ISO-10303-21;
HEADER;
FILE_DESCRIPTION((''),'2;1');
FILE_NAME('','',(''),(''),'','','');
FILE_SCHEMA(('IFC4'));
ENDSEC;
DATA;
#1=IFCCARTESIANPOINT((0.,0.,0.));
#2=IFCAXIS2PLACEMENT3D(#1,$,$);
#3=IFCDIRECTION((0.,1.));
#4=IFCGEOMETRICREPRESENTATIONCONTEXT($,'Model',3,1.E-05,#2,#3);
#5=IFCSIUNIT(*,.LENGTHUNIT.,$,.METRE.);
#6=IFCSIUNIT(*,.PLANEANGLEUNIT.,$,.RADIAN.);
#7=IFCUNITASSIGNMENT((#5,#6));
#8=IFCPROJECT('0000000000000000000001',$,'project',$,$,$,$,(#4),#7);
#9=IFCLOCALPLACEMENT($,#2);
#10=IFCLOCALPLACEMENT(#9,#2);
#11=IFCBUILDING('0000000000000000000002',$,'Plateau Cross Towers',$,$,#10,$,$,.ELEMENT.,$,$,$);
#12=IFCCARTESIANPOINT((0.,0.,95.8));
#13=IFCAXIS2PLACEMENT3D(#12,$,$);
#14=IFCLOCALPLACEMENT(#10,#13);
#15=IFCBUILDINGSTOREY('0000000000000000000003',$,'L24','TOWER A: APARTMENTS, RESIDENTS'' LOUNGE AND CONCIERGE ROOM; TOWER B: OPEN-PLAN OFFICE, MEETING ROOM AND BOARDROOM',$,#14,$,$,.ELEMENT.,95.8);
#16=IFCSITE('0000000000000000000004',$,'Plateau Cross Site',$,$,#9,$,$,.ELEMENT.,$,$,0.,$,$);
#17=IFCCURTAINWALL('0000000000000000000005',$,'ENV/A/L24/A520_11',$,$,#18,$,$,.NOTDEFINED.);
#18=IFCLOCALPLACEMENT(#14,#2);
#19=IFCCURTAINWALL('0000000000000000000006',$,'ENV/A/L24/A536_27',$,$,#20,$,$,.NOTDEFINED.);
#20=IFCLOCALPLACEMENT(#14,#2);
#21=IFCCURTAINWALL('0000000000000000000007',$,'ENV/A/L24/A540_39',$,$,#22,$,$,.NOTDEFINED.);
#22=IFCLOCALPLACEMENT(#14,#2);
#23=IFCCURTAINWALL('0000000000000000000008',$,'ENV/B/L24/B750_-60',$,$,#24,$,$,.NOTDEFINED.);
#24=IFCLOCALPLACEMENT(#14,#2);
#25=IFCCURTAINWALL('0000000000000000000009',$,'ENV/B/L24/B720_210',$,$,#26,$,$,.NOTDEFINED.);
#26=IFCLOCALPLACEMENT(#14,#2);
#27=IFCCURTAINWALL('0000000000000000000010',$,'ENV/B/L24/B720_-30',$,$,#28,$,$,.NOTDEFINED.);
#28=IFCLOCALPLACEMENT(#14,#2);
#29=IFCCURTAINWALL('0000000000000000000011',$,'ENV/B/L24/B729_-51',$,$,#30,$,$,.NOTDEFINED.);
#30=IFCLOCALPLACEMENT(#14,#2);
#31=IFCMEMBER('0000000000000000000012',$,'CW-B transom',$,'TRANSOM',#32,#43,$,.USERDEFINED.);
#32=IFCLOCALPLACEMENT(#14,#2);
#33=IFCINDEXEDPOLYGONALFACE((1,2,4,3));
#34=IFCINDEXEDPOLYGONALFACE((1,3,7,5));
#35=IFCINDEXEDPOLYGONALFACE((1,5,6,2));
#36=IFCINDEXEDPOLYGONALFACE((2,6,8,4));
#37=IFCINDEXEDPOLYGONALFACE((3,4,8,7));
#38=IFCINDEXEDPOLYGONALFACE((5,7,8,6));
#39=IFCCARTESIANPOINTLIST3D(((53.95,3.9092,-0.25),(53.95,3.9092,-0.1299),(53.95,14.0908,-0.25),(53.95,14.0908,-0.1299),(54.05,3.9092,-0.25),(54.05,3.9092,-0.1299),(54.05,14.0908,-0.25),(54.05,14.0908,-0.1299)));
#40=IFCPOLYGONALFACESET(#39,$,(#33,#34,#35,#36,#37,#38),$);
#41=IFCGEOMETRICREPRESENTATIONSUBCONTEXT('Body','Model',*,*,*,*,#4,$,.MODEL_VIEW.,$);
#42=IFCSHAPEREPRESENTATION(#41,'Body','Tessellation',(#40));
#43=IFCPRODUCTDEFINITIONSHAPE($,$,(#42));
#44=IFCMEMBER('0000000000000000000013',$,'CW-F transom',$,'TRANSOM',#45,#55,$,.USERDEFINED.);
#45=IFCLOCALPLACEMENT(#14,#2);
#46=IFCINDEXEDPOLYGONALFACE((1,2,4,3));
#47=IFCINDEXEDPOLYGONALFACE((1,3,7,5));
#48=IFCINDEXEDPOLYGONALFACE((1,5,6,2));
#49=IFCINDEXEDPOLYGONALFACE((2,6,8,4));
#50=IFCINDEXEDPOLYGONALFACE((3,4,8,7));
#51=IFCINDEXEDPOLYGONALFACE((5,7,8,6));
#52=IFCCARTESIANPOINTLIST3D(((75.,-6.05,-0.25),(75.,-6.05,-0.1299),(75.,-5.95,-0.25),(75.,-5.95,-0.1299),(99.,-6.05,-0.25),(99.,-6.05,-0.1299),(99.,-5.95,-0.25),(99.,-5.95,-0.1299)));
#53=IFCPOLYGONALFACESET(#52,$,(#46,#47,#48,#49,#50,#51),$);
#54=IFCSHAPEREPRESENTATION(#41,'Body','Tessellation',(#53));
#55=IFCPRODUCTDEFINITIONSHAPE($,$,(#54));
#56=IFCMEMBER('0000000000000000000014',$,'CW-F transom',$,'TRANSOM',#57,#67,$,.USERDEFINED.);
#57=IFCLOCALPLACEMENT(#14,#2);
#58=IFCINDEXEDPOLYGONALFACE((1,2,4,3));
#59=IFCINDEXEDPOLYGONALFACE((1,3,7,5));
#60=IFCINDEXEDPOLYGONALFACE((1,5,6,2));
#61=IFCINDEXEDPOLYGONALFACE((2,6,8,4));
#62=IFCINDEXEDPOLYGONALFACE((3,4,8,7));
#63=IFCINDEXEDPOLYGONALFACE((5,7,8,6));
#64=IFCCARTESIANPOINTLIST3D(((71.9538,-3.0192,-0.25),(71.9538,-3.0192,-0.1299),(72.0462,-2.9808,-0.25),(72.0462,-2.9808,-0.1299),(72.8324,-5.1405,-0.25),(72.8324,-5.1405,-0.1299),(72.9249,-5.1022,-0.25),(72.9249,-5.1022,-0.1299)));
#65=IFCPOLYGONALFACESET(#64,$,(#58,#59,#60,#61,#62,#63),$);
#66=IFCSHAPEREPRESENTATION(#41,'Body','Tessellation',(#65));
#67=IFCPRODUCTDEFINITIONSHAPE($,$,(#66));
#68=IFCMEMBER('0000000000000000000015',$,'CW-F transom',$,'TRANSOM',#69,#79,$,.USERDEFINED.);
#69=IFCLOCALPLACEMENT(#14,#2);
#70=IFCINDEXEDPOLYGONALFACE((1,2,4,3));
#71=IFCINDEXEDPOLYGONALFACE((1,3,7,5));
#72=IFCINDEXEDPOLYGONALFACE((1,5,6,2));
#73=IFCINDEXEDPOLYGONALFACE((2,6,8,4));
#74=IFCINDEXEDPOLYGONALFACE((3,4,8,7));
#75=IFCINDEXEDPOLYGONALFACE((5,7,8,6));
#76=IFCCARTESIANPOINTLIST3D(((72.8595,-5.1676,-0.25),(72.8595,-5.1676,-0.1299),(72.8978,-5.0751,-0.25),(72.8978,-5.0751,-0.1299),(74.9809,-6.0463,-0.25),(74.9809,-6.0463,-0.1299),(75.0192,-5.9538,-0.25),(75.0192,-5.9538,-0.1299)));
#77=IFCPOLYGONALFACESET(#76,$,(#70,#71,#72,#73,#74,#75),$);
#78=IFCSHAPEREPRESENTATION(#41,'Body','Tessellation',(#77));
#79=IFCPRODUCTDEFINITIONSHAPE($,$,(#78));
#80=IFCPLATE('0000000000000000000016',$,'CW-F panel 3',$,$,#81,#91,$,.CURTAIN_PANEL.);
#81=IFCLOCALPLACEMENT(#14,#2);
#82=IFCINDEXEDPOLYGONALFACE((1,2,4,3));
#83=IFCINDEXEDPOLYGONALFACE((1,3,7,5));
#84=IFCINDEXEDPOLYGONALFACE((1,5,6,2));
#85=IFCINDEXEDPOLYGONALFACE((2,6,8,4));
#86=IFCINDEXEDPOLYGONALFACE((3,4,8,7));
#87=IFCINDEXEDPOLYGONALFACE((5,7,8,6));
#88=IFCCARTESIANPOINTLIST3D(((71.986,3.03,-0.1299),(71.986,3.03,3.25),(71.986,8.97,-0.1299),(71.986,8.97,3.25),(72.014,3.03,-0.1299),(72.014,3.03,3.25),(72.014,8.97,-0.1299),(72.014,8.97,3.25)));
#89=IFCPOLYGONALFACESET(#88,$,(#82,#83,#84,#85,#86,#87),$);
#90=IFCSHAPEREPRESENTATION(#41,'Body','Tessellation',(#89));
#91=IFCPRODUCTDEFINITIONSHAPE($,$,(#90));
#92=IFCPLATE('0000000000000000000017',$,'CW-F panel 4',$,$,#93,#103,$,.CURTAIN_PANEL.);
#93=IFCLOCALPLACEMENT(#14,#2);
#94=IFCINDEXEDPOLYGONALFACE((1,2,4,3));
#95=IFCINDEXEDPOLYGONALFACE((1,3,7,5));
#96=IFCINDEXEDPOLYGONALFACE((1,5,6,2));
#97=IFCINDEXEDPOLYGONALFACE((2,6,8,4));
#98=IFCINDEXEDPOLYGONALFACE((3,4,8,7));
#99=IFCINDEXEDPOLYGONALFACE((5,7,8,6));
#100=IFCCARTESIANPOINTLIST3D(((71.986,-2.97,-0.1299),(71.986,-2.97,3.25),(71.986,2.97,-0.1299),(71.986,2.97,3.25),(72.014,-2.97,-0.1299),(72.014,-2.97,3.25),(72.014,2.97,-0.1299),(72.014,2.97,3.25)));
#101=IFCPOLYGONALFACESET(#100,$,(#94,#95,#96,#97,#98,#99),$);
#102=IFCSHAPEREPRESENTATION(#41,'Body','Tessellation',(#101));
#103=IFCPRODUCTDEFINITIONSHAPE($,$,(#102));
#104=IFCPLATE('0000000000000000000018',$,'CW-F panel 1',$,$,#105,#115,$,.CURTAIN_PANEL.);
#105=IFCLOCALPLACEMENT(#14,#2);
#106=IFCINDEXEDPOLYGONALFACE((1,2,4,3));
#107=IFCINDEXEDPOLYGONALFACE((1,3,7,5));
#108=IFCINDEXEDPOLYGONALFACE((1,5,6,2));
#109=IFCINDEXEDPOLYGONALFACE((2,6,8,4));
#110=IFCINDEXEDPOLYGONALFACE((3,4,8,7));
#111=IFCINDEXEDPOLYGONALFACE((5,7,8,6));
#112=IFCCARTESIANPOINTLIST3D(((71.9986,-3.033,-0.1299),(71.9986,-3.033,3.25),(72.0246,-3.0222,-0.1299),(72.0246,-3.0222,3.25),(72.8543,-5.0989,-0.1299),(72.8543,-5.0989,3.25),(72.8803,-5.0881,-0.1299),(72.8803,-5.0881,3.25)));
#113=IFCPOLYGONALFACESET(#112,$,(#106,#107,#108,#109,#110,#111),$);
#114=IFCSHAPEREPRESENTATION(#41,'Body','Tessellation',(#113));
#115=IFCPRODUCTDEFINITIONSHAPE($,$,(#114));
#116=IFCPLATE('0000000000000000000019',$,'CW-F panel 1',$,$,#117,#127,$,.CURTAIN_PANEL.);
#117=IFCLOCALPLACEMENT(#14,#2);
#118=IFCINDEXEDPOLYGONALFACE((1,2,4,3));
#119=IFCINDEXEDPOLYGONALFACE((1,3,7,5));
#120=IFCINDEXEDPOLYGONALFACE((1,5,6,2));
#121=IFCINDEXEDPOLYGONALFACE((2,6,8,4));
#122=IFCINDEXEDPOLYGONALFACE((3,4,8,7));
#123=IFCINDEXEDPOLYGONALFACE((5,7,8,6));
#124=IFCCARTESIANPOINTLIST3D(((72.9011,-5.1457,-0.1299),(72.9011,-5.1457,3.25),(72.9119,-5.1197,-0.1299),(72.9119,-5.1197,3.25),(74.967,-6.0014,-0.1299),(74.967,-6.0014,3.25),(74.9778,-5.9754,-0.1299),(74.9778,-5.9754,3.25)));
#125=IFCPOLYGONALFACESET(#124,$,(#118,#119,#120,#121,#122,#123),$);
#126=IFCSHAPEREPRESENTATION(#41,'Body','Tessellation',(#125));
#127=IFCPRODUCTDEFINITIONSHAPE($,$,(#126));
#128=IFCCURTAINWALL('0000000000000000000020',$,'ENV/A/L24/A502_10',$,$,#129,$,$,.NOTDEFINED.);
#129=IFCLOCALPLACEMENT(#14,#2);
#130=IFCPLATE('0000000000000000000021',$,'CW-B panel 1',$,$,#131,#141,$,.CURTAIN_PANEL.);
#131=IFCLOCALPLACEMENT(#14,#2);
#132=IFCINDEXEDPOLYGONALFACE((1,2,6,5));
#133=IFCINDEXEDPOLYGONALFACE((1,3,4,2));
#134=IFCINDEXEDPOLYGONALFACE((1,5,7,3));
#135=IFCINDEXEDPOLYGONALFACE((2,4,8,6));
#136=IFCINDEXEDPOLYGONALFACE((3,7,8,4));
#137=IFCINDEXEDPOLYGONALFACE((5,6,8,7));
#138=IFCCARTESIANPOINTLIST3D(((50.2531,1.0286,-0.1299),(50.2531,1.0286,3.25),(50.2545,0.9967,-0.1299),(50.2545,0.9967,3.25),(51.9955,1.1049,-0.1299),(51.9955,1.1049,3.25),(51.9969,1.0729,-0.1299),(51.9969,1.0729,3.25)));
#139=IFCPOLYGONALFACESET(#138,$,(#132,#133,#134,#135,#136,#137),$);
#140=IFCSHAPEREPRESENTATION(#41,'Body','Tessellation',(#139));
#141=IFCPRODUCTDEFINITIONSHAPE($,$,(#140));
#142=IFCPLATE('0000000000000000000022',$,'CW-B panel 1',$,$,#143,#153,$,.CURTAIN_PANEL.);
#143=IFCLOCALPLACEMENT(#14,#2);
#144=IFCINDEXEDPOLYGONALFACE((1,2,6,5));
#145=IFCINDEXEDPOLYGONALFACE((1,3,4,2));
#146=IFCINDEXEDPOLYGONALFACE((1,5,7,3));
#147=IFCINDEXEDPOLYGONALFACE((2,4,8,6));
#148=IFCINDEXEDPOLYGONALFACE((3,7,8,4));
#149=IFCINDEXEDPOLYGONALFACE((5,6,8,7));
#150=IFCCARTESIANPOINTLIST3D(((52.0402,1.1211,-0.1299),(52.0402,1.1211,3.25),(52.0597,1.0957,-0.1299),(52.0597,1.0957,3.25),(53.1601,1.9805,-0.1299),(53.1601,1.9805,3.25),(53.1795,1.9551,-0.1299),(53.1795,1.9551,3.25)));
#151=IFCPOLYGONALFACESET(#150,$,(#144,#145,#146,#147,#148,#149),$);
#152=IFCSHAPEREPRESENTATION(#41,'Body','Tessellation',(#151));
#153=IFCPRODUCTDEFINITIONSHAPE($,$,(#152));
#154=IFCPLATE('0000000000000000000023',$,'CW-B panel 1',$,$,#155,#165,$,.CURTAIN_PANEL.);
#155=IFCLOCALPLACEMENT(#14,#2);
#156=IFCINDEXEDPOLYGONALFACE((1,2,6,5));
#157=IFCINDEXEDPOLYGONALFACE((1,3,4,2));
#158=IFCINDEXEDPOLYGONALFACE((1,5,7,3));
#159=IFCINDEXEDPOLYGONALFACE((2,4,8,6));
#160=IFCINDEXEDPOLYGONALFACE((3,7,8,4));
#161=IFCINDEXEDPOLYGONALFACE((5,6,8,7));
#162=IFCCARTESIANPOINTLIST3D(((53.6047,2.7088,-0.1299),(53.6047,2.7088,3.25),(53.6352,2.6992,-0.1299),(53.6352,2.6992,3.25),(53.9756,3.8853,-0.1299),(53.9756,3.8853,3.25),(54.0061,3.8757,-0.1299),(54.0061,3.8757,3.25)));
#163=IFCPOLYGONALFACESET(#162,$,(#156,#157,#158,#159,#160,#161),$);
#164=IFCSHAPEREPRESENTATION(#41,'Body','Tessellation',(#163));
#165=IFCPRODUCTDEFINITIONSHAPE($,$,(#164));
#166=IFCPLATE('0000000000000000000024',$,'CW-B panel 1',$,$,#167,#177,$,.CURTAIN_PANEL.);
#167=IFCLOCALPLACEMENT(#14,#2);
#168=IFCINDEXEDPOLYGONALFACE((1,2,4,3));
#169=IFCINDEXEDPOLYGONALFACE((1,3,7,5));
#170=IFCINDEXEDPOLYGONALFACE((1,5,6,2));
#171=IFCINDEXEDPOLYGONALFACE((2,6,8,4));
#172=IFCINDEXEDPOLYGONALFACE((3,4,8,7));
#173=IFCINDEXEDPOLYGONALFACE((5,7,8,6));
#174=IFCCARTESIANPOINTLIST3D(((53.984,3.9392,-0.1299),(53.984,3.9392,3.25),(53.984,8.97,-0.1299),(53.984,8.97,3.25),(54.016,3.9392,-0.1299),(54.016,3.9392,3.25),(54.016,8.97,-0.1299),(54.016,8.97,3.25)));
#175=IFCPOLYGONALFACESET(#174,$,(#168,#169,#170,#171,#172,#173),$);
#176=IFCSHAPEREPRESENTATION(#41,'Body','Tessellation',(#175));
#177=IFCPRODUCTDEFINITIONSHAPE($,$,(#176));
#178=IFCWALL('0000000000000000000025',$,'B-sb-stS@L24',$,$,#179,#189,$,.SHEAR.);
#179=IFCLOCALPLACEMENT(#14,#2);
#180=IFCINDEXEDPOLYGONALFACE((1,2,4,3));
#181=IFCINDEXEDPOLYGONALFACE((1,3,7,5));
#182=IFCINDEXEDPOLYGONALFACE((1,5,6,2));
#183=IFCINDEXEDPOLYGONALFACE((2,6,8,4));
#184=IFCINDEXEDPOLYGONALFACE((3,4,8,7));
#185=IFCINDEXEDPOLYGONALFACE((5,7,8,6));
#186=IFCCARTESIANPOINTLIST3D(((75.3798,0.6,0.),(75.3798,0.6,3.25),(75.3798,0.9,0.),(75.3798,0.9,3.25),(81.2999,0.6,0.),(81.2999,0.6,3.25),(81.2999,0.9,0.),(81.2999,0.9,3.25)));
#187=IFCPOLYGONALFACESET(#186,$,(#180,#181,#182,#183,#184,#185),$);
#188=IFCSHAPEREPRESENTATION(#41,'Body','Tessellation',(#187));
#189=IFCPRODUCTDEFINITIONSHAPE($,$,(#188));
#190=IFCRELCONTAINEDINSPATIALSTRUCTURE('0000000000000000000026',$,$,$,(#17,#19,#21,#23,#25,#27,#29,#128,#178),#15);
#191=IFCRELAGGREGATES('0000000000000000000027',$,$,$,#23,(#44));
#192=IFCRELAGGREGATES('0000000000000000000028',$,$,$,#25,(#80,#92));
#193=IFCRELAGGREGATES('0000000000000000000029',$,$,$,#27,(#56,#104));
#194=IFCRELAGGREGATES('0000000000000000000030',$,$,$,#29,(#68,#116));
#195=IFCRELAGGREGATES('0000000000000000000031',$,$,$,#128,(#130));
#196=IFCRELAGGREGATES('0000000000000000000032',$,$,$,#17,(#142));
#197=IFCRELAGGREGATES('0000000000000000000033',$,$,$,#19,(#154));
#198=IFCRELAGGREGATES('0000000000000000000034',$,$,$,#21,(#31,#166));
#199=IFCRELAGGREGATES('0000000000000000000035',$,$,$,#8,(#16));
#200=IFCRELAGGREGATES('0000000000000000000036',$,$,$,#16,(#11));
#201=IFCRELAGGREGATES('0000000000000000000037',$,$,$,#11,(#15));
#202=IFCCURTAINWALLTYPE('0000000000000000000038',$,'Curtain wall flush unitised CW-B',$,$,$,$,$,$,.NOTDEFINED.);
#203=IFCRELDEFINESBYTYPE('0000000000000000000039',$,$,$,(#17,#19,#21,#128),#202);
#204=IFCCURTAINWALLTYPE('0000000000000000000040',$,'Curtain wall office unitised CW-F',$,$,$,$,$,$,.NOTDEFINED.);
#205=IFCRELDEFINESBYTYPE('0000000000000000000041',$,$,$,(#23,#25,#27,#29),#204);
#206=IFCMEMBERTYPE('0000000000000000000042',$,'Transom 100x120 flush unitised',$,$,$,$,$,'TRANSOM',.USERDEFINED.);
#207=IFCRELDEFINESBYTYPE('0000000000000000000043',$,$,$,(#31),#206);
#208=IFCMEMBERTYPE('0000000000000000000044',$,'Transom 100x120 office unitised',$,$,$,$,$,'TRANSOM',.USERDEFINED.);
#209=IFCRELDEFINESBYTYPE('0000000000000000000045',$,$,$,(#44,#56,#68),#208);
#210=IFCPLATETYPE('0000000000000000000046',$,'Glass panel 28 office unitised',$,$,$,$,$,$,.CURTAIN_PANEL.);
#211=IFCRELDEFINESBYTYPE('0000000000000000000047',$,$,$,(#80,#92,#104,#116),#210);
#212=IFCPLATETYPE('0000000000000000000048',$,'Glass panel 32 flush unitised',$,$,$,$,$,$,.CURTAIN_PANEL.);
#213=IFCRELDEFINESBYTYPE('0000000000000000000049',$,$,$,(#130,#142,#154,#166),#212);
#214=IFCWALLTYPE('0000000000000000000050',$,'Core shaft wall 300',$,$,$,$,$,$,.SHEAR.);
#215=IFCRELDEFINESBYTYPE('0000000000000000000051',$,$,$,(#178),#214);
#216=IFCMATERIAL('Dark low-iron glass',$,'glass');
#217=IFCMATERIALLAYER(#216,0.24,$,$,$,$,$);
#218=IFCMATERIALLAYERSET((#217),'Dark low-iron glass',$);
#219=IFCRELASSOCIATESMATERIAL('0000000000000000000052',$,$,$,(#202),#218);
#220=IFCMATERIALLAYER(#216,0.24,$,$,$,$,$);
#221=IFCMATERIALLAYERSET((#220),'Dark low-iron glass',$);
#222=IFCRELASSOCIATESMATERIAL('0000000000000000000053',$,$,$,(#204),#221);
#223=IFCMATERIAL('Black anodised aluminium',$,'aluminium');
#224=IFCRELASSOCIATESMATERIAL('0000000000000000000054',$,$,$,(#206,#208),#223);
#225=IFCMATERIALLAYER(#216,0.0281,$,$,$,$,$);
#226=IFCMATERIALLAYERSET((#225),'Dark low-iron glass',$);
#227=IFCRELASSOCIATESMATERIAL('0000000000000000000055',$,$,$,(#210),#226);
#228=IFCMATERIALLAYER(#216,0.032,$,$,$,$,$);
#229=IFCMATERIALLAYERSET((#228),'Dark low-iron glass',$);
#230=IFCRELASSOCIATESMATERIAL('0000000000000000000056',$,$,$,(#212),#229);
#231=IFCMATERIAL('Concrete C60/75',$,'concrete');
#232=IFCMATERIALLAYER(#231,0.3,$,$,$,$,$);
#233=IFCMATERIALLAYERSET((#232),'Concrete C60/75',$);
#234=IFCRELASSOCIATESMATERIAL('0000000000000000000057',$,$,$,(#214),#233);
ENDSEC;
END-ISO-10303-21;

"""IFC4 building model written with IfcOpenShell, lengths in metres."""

from ifc_helpers import new_model, si_unit, direction, frame, frame_2d, origin, origin_2d, place, context, subcontext, project, spatial, rectangle, extrude, material, layer, layer_set, material_profile, profile_set, type_object, element, aggregate, save


model = new_model("IFC4")

# Units and contexts
model_context = context("Model", 3, precision=1e-05, world=origin(), true_north=direction((0.0, 1.0)))
body_context = subcontext(model_context, "Body", "Model", "MODEL_VIEW")
ifc_project = project(units=[si_unit("LENGTHUNIT", "METRE"), si_unit("PLANEANGLEUNIT", "RADIAN")], contexts=[model_context])

# Site, building, storey
site_placement = place(None, origin())
site = spatial("IfcSite", under=ifc_project, at=site_placement, Name="Plateau Cross Site", CompositionType="ELEMENT", RefElevation=0.0)
building_placement = place(site_placement, origin())
building = spatial("IfcBuilding", under=site, at=building_placement, Name="Plateau Cross Towers", CompositionType="ELEMENT")
storey_placement = place(building_placement, frame((0.0, 0.0, 95.8)))
storey = spatial("IfcBuildingStorey", under=building, at=storey_placement, Name="L24", Description="TOWER A: APARTMENTS, RESIDENTS' LOUNGE AND CONCIERGE ROOM; TOWER B: OPEN-PLAN OFFICE, MEETING ROOM AND BOARDROOM", CompositionType="ELEMENT", Elevation=95.8)

# Shared definitions
ifc_material_1 = material(Name="Concrete C60/75", Category="concrete")

# Curtain wall
ifc_material_2 = material(Name="Dark low-iron glass", Category="glass")
ifc_layer_1 = layer(ifc_material_2, 0.24)
ifc_layer_set_1 = layer_set([ifc_layer_1], Name="Dark low-iron glass")
curtain_wall_type_1 = type_object("IfcCurtainWallType", Name="Curtain wall flush unitised CW-B", PredefinedType="NOTDEFINED", material=ifc_layer_set_1)
curtain_wall_1_placement = place(storey_placement, origin())
curtain_wall_1 = element("IfcCurtainWall", 1, at=curtain_wall_1_placement, inside=storey, type_object=curtain_wall_type_1, Name="ENV/A/L24/A520_11", PredefinedType="NOTDEFINED")
ifc_material_3 = material(Name="Black anodised aluminium", Category="aluminium")

# Curtain walls
curtain_wall_2_placement = place(storey_placement, origin())
curtain_wall_2 = element("IfcCurtainWall", 2, at=curtain_wall_2_placement, inside=storey, type_object=curtain_wall_type_1, Name="ENV/A/L24/A536_27", PredefinedType="NOTDEFINED")
curtain_wall_3_placement = place(storey_placement, origin())
curtain_wall_3 = element("IfcCurtainWall", 3, at=curtain_wall_3_placement, inside=storey, type_object=curtain_wall_type_1, Name="ENV/A/L24/A540_39", PredefinedType="NOTDEFINED")
ifc_layer_2 = layer(ifc_material_2, 0.24)
ifc_layer_set_2 = layer_set([ifc_layer_2], Name="Dark low-iron glass")
curtain_wall_type_2 = type_object("IfcCurtainWallType", Name="Curtain wall office unitised CW-F", PredefinedType="NOTDEFINED", material=ifc_layer_set_2)
curtain_wall_4_placement = place(storey_placement, origin())
curtain_wall_4 = element("IfcCurtainWall", 4, at=curtain_wall_4_placement, inside=storey, type_object=curtain_wall_type_2, Name="ENV/B/L24/B750_-60", PredefinedType="NOTDEFINED")
curtain_wall_5_placement = place(storey_placement, origin())
curtain_wall_5 = element("IfcCurtainWall", 5, at=curtain_wall_5_placement, inside=storey, type_object=curtain_wall_type_2, Name="ENV/B/L24/B720_210", PredefinedType="NOTDEFINED")
curtain_wall_6_placement = place(storey_placement, origin())
curtain_wall_6 = element("IfcCurtainWall", 6, at=curtain_wall_6_placement, inside=storey, type_object=curtain_wall_type_2, Name="ENV/B/L24/B720_-30", PredefinedType="NOTDEFINED")
curtain_wall_7_placement = place(storey_placement, origin())
curtain_wall_7 = element("IfcCurtainWall", 7, at=curtain_wall_7_placement, inside=storey, type_object=curtain_wall_type_2, Name="ENV/B/L24/B729_-51", PredefinedType="NOTDEFINED")

# Members
ifc_material_profile_1 = material_profile(ifc_material_3, rectangle(XDim=0.1001, YDim=0.1201, at=origin_2d()), Name="TRANSOM 100x120")
ifc_profile_set_1 = profile_set([ifc_material_profile_1], Name="Black anodised aluminium")
member_type_1 = type_object("IfcMemberType", Name="Transom 100x120 flush unitised", ElementType="TRANSOM", PredefinedType="USERDEFINED", material=ifc_profile_set_1)
member_1_placement = place(storey_placement, frame((54.0, 3.9092, -0.1899), z_axis=(0.0, 1.0, 0.0), x_axis=(-1.0, 0.0, 0.0)))
member_1 = element("IfcMember", 8, at=member_1_placement, type_object=member_type_1, Name="CW-B transom", ObjectType="TRANSOM", PredefinedType="USERDEFINED", context=body_context, shape_type="SweptSolid", body=[
    extrude(rectangle(XDim=0.1001, YDim=0.1201, at=origin_2d()), origin(), (0.0, 0.0, 1.0), 10.1816),
])
ifc_material_profile_2 = material_profile(ifc_material_3, rectangle(XDim=0.1001, YDim=0.1201, at=origin_2d()), Name="TRANSOM 100x120")
ifc_profile_set_2 = profile_set([ifc_material_profile_2], Name="Black anodised aluminium")
member_type_2 = type_object("IfcMemberType", Name="Transom 100x120 office unitised", ElementType="TRANSOM", PredefinedType="USERDEFINED", material=ifc_profile_set_2)
member_2_placement = place(storey_placement, frame((75.0, -6.0, -0.1899), z_axis=(1.0, 0.0, 0.0), x_axis=(0.0, 1.0, 0.0)))
member_2 = element("IfcMember", 9, at=member_2_placement, type_object=member_type_2, Name="CW-F transom", ObjectType="TRANSOM", PredefinedType="USERDEFINED", context=body_context, shape_type="SweptSolid", body=[
    extrude(rectangle(XDim=0.1001, YDim=0.1201, at=origin_2d()), origin(), (0.0, 0.0, 1.0), 24.0),
])
aggregate(curtain_wall_4, [member_2])
member_3_placement = place(storey_placement, frame((72.0, -3.0, -0.1899), z_axis=(0.382674, -0.923883, 0.0), x_axis=(0.923883, 0.382674, 0.0)))
member_3 = element("IfcMember", 10, at=member_3_placement, type_object=member_type_2, Name="CW-F transom", ObjectType="TRANSOM", PredefinedType="USERDEFINED", context=body_context, shape_type="SweptSolid", body=[
    extrude(rectangle(XDim=0.1001, YDim=0.1201, at=origin_2d()), origin(), (0.0, 0.0, 1.0), 2.2961),
])
member_4_placement = place(storey_placement, frame((72.8787, -5.1213, -0.1899), z_axis=(0.923883, -0.382674, 0.0), x_axis=(0.382674, 0.923883, 0.0)))
member_4 = element("IfcMember", 11, at=member_4_placement, type_object=member_type_2, Name="CW-F transom", ObjectType="TRANSOM", PredefinedType="USERDEFINED", context=body_context, shape_type="SweptSolid", body=[
    extrude(rectangle(XDim=0.1001, YDim=0.1201, at=origin_2d()), origin(), (0.0, 0.0, 1.0), 2.2961),
])

# Plates
ifc_layer_3 = layer(ifc_material_2, 0.0281)
ifc_layer_set_3 = layer_set([ifc_layer_3], Name="Dark low-iron glass")
plate_type_1 = type_object("IfcPlateType", Name="Glass panel 28 office unitised", PredefinedType="CURTAIN_PANEL", material=ifc_layer_set_3)
plate_1_placement = place(storey_placement, frame((72.0, 6.0, -0.1299), z_axis=(0.0, 0.0, 1.0), x_axis=(0.0, -1.0, 0.0)))
plate_1 = element("IfcPlate", 12, at=plate_1_placement, type_object=plate_type_1, Name="CW-F panel 3", PredefinedType="CURTAIN_PANEL", context=body_context, shape_type="SweptSolid", body=[
    extrude(rectangle(XDim=5.9399, YDim=0.0281, at=origin_2d()), origin(), (0.0, 0.0, 1.0), 3.3799),
])
plate_2_placement = place(storey_placement, frame((72.0, 0.0, -0.1299), z_axis=(0.0, 0.0, 1.0), x_axis=(0.0, -1.0, 0.0)))
plate_2 = element("IfcPlate", 13, at=plate_2_placement, type_object=plate_type_1, Name="CW-F panel 4", PredefinedType="CURTAIN_PANEL", context=body_context, shape_type="SweptSolid", body=[
    extrude(rectangle(XDim=5.9399, YDim=0.0281, at=origin_2d()), origin(), (0.0, 0.0, 1.0), 3.3799),
])
aggregate(curtain_wall_5, [plate_1, plate_2])
plate_3_placement = place(storey_placement, frame((72.4395, -4.0605, -0.1299), z_axis=(0.0, 0.0, 1.0), x_axis=(0.382684, -0.923879, 0.0)))
plate_3 = element("IfcPlate", 14, at=plate_3_placement, type_object=plate_type_1, Name="CW-F panel 1", PredefinedType="CURTAIN_PANEL", context=body_context, shape_type="SweptSolid", body=[
    extrude(rectangle(XDim=2.2361, YDim=0.0281, at=origin_2d()), origin(), (0.0, 0.0, 1.0), 3.3799),
])
aggregate(curtain_wall_6, [member_3, plate_3])
plate_4_placement = place(storey_placement, frame((73.9395, -5.5605, -0.1299), z_axis=(0.0, 0.0, 1.0), x_axis=(0.923879, -0.382684, 0.0)))
plate_4 = element("IfcPlate", 15, at=plate_4_placement, type_object=plate_type_1, Name="CW-F panel 1", PredefinedType="CURTAIN_PANEL", context=body_context, shape_type="SweptSolid", body=[
    extrude(rectangle(XDim=2.2361, YDim=0.0281, at=origin_2d()), origin(), (0.0, 0.0, 1.0), 3.3799),
])
aggregate(curtain_wall_7, [member_4, plate_4])

# Curtain wall, plate
curtain_wall_8_placement = place(storey_placement, origin())
curtain_wall_8 = element("IfcCurtainWall", 16, at=curtain_wall_8_placement, inside=storey, type_object=curtain_wall_type_1, Name="ENV/A/L24/A502_10", PredefinedType="NOTDEFINED")
ifc_layer_4 = layer(ifc_material_2, 0.032)
ifc_layer_set_4 = layer_set([ifc_layer_4], Name="Dark low-iron glass")
plate_type_2 = type_object("IfcPlateType", Name="Glass panel 32 flush unitised", PredefinedType="CURTAIN_PANEL", material=ifc_layer_set_4)
plate_5_placement = place(storey_placement, frame((51.125, 1.0508, -0.1299), z_axis=(0.0, 0.0, 1.0), x_axis=(0.999044, 0.043723, 0.0)))
plate_5 = element("IfcPlate", 17, at=plate_5_placement, type_object=plate_type_2, Name="CW-B panel 1", PredefinedType="CURTAIN_PANEL", context=body_context, shape_type="SweptSolid", body=[
    extrude(rectangle(XDim=1.7441, YDim=0.032, at=origin_2d()), origin(), (0.0, 0.0, 1.0), 3.3799),
])
aggregate(curtain_wall_8, [plate_5])

# Plates
plate_6_placement = place(storey_placement, frame((52.6099, 1.5381, -0.1299), z_axis=(0.0, 0.0, 1.0), x_axis=(0.793316, 0.608811, 0.0)))
plate_6 = element("IfcPlate", 18, at=plate_6_placement, type_object=plate_type_2, Name="CW-B panel 1", PredefinedType="CURTAIN_PANEL", context=body_context, shape_type="SweptSolid", body=[
    extrude(rectangle(XDim=1.4116, YDim=0.032, at=origin_2d()), origin(), (0.0, 0.0, 1.0), 3.3799),
])
aggregate(curtain_wall_1, [plate_6])
plate_7_placement = place(storey_placement, frame((53.8054, 3.2922, -0.1299), z_axis=(0.0, 0.0, 1.0), x_axis=(0.300686, 0.953723, 0.0)))
plate_7 = element("IfcPlate", 19, at=plate_7_placement, type_object=plate_type_2, Name="CW-B panel 1", PredefinedType="CURTAIN_PANEL", context=body_context, shape_type="SweptSolid", body=[
    extrude(rectangle(XDim=1.2336, YDim=0.032, at=origin_2d()), origin(), (0.0, 0.0, 1.0), 3.3799),
])
aggregate(curtain_wall_2, [plate_7])
plate_8_placement = place(storey_placement, frame((54.0, 6.4546, -0.1299), z_axis=(0.0, 0.0, 1.0), x_axis=(0.0, 1.0, 0.0)))
plate_8 = element("IfcPlate", 20, at=plate_8_placement, type_object=plate_type_2, Name="CW-B panel 1", PredefinedType="CURTAIN_PANEL", context=body_context, shape_type="SweptSolid", body=[
    extrude(rectangle(XDim=5.0308, YDim=0.032, at=origin_2d()), origin(), (0.0, 0.0, 1.0), 3.3799),
])
aggregate(curtain_wall_3, [member_1, plate_8])

# Wall
ifc_layer_5 = layer(ifc_material_1, 0.3)
ifc_layer_set_5 = layer_set([ifc_layer_5], Name="Concrete C60/75")
wall_type_1 = type_object("IfcWallType", Name="Core shaft wall 300", PredefinedType="SHEAR", material=ifc_layer_set_5)
wall_1_placement = place(storey_placement, frame((75.3799, 0.75, 0.0), z_axis=(0.0, 0.0, 1.0), x_axis=(1.0, 0.0, 0.0)))
element("IfcWall", 21, at=wall_1_placement, inside=storey, type_object=wall_type_1, Name="B-sb-stS@L24", PredefinedType="SHEAR", context=body_context, shape_type="SweptSolid", body=[
    extrude(rectangle(XDim=5.9202, YDim=0.3, at=frame_2d((2.96, 0.0))), origin(), (0.0, 0.0, 1.0), 3.25),
])

save(model, "model.ifc")
